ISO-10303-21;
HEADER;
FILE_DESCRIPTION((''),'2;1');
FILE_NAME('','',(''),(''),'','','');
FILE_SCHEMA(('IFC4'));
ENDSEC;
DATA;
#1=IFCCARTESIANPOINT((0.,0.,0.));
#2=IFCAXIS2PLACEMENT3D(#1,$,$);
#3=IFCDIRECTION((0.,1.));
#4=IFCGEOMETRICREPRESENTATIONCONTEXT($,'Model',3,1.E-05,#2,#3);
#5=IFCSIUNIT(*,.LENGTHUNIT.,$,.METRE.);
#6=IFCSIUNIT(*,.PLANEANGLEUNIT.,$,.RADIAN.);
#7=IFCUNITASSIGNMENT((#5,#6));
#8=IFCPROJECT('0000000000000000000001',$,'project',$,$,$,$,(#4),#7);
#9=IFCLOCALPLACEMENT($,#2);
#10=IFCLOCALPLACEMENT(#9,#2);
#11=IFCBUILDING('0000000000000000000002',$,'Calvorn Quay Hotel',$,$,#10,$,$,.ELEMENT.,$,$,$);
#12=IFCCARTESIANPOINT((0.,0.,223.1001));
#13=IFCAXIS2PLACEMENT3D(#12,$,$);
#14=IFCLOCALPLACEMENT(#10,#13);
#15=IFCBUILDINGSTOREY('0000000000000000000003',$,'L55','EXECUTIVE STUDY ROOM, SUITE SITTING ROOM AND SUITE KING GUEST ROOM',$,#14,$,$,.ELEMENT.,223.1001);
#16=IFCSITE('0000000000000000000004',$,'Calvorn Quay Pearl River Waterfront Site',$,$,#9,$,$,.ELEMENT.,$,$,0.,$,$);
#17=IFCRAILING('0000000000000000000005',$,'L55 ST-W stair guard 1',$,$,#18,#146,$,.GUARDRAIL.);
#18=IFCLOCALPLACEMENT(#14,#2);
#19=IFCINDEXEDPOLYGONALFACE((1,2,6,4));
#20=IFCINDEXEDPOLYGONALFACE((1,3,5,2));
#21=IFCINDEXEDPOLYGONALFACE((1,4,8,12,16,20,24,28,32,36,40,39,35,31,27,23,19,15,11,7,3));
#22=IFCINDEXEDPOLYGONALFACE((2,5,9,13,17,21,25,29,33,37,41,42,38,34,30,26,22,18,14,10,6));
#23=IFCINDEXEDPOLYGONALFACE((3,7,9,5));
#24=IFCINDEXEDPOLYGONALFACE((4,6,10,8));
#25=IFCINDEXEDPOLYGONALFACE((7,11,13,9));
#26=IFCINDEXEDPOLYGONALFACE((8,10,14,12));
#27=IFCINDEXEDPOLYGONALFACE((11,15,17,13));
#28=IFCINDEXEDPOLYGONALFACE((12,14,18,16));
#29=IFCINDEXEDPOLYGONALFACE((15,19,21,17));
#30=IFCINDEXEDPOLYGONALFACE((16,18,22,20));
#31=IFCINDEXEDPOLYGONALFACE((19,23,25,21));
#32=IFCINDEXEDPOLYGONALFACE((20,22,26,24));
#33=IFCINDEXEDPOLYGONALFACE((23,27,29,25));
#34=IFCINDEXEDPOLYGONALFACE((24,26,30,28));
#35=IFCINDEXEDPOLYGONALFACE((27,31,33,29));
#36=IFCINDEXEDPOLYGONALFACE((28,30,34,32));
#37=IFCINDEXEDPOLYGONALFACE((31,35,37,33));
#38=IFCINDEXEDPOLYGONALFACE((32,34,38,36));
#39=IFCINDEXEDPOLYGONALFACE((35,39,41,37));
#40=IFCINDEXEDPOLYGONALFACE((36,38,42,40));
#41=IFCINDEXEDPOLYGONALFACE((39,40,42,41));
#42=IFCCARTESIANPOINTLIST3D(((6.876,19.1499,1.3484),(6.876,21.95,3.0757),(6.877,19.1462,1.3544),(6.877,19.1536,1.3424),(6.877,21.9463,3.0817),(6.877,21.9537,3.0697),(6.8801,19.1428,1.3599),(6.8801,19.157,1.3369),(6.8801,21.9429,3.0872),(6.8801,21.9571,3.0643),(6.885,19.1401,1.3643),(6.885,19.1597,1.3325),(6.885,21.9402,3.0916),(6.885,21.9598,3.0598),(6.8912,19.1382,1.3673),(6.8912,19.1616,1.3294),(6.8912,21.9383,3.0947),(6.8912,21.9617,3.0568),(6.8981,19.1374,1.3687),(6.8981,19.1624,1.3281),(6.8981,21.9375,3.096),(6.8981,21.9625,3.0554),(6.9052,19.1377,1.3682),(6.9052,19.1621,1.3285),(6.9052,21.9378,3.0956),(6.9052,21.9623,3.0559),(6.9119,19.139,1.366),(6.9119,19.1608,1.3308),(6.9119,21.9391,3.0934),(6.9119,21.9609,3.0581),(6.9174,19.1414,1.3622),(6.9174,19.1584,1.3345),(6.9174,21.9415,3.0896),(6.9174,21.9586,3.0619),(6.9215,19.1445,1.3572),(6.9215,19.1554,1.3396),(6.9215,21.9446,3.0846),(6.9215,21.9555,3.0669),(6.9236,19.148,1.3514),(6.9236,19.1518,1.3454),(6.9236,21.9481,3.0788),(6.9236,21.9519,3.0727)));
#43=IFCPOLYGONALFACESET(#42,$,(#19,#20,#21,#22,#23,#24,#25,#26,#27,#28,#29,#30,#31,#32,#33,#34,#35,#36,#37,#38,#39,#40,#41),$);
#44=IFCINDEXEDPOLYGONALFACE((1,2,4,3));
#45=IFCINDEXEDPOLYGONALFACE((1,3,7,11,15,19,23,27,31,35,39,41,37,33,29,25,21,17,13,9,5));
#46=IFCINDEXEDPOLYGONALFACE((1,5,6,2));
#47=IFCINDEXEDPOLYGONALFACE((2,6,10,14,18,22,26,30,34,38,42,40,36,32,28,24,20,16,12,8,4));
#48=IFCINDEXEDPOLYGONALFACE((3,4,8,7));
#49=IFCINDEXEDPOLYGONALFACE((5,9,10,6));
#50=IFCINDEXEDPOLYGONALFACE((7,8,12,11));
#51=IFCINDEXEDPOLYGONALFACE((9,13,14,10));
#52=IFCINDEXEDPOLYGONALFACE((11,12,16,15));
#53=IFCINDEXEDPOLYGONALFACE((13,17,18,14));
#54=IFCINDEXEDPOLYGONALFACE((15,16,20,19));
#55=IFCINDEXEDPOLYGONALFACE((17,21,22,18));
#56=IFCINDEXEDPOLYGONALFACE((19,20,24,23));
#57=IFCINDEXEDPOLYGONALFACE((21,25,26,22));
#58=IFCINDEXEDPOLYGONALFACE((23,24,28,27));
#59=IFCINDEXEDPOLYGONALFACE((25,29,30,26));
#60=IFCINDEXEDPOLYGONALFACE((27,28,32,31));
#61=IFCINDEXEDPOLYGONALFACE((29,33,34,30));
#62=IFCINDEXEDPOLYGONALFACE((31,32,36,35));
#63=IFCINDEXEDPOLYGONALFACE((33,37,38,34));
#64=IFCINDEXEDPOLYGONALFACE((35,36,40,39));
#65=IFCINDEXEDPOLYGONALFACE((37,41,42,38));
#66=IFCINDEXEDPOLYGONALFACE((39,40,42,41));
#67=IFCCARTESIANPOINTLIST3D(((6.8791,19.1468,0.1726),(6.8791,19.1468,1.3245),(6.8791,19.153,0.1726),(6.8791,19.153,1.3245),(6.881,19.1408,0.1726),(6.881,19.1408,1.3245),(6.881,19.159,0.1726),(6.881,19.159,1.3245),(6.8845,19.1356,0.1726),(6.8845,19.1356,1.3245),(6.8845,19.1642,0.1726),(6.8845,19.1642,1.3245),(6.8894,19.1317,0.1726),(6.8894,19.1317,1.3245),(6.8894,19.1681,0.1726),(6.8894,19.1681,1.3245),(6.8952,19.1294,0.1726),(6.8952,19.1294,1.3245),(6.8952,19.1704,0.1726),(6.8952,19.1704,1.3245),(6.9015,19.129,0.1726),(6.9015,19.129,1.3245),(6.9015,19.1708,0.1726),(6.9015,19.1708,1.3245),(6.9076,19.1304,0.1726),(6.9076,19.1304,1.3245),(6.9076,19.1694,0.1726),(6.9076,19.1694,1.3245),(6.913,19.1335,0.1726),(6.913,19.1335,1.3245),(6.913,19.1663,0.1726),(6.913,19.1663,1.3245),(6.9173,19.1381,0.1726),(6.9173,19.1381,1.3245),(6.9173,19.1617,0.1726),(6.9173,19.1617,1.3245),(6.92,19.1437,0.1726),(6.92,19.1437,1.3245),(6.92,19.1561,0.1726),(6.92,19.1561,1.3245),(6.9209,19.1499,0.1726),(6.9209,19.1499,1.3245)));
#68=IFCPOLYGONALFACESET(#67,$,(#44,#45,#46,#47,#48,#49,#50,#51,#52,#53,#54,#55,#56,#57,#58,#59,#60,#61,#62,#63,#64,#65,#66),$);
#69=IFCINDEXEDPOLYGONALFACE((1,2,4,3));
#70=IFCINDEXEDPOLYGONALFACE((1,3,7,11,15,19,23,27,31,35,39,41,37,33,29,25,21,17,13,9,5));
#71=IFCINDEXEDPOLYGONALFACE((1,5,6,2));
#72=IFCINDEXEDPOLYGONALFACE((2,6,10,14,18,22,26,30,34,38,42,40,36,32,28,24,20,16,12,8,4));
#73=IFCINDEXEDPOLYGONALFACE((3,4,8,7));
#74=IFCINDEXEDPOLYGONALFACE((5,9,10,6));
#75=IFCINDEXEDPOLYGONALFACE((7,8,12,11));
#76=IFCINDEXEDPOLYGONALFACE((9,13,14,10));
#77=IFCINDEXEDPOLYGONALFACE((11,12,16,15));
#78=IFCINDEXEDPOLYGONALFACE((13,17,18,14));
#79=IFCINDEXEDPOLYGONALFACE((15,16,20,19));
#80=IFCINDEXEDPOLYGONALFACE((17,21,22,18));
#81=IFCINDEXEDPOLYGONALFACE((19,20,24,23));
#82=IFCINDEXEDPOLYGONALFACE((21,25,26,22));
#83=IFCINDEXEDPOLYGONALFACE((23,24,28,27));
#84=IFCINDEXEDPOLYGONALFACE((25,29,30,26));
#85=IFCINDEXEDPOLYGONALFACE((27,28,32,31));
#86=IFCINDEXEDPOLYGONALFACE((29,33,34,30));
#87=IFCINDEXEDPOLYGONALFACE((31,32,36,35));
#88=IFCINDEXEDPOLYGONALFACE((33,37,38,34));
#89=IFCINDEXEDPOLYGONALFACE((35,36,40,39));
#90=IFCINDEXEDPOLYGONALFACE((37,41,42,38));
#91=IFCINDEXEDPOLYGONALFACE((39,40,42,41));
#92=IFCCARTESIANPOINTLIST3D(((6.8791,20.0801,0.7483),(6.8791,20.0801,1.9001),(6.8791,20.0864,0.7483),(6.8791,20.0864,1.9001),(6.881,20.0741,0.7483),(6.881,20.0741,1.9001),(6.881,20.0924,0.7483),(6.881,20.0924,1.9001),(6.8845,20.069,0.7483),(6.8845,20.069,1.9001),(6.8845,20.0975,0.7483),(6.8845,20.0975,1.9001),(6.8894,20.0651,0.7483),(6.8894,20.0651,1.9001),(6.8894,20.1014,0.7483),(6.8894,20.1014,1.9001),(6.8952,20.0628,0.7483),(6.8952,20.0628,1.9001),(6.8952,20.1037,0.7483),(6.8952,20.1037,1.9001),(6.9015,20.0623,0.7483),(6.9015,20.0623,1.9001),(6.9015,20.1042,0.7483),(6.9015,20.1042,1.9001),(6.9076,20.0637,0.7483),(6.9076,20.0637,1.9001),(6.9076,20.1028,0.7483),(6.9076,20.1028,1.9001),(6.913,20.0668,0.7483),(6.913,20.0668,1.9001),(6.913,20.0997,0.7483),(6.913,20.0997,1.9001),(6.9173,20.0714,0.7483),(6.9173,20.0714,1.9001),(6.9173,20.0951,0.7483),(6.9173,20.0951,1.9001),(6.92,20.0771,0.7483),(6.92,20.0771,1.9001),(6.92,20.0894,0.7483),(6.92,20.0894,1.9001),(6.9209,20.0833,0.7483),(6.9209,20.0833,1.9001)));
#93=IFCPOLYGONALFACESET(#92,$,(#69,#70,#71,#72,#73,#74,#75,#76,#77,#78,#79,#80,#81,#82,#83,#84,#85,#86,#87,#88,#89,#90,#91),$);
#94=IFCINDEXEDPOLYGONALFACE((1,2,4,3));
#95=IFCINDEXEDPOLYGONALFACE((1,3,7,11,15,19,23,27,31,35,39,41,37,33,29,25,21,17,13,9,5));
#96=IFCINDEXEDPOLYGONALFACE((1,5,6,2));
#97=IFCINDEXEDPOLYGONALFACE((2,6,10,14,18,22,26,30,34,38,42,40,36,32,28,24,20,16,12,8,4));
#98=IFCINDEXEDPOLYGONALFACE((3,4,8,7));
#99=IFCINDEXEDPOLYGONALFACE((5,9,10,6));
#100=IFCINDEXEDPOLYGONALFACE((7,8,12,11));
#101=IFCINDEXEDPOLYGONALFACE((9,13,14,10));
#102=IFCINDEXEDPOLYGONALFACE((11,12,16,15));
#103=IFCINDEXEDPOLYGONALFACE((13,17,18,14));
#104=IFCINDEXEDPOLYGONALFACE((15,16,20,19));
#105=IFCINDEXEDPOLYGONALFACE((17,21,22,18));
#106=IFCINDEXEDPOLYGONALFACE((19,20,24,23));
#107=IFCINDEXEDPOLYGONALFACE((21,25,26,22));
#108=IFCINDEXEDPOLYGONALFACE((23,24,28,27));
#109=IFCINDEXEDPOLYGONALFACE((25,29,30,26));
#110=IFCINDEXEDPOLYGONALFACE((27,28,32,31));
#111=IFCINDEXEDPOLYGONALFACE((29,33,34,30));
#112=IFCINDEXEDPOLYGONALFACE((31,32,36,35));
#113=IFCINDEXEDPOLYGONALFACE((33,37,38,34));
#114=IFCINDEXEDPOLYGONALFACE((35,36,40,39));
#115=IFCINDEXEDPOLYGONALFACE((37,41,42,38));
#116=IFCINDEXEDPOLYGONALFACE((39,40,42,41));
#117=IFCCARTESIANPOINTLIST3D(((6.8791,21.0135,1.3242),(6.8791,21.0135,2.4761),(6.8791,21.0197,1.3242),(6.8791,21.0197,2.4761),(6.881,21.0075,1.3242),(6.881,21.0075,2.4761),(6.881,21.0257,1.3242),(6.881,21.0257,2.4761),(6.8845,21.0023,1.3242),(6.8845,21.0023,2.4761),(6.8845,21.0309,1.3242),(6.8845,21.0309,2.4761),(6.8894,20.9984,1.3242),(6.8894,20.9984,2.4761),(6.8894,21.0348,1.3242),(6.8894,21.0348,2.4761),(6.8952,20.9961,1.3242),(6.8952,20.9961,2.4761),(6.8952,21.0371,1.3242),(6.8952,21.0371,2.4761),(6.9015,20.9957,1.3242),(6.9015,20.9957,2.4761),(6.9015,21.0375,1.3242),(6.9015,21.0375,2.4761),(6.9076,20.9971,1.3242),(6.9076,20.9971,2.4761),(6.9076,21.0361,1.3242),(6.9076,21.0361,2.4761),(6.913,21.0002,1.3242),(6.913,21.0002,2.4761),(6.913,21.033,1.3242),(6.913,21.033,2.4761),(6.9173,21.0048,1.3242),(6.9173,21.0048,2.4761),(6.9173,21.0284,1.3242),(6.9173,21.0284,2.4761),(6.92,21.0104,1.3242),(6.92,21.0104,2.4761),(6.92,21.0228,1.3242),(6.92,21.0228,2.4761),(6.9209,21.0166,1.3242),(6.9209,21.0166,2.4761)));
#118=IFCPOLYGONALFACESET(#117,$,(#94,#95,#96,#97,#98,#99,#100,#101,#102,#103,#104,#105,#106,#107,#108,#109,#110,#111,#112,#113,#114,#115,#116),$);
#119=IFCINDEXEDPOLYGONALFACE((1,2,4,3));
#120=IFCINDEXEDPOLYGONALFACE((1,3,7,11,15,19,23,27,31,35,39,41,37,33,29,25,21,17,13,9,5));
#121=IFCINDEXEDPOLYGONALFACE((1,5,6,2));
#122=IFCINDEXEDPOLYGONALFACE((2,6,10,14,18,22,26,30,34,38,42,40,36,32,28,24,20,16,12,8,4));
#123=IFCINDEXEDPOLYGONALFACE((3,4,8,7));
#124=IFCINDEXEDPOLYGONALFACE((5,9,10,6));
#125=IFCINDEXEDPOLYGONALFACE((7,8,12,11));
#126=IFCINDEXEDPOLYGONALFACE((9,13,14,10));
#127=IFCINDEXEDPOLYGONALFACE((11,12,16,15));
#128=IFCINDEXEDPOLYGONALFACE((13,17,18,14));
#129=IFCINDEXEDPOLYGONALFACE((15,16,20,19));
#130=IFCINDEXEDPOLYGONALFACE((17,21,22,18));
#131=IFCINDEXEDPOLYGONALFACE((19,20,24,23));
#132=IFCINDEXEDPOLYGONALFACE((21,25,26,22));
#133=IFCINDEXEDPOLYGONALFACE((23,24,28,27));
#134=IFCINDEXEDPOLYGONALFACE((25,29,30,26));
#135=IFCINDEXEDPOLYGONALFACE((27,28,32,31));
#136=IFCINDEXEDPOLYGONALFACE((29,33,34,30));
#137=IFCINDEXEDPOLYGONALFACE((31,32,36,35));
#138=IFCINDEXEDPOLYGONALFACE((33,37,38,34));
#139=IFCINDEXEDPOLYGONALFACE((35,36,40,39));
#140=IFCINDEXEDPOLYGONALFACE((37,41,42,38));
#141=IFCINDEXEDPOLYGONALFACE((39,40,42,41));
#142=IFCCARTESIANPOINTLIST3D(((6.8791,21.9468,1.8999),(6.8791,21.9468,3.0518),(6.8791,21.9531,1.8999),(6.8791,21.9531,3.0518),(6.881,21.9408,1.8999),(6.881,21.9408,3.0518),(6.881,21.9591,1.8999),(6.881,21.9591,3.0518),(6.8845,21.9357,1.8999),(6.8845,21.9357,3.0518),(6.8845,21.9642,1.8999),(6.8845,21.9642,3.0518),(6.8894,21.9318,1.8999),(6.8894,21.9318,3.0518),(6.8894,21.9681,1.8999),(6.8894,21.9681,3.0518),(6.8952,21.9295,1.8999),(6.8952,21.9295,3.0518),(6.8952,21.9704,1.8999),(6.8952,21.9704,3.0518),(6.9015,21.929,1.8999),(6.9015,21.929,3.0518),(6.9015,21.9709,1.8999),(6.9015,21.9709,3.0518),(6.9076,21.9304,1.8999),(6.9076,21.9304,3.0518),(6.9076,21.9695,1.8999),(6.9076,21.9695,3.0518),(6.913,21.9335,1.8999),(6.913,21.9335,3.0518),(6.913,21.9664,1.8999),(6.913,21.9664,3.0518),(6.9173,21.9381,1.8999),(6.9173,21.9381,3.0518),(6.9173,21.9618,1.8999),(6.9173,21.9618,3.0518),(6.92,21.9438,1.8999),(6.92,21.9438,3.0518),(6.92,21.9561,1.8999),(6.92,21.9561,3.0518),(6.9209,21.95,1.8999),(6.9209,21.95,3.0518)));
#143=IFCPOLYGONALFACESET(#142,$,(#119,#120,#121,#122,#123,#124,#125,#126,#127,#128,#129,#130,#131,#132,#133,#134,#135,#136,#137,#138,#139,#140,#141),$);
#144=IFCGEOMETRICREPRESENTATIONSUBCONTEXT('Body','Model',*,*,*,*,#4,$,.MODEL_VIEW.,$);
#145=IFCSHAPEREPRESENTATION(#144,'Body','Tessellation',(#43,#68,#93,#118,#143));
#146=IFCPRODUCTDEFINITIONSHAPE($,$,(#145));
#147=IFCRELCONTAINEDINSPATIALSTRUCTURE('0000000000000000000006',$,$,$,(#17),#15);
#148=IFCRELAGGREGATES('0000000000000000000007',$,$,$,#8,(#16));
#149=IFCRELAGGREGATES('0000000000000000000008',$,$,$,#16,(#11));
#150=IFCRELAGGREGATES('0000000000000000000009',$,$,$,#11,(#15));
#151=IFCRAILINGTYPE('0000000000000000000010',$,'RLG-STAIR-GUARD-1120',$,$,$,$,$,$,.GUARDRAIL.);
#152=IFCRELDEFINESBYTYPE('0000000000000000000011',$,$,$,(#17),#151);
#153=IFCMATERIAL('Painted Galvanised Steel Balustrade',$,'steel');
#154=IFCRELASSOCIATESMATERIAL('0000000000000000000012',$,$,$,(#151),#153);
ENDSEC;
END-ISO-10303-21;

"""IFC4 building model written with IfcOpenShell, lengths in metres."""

from ifc_helpers import new_model, si_unit, direction, frame, origin, origin_2d, place, context, subcontext, project, spatial, circle, extrude, material, type_object, element, save


model = new_model("IFC4")

# Units and contexts
model_context = context("Model", 3, precision=1e-05, world=origin(), true_north=direction((0.0, 1.0)))
body_context = subcontext(model_context, "Body", "Model", "MODEL_VIEW")
ifc_project = project(units=[si_unit("LENGTHUNIT", "METRE"), si_unit("PLANEANGLEUNIT", "RADIAN")], contexts=[model_context])

# Site, building, storey
site_placement = place(None, origin())
site = spatial("IfcSite", under=ifc_project, at=site_placement, Name="Calvorn Quay Pearl River Waterfront Site", CompositionType="ELEMENT", RefElevation=0.0)
building_placement = place(site_placement, origin())
building = spatial("IfcBuilding", under=site, at=building_placement, Name="Calvorn Quay Hotel", CompositionType="ELEMENT")
storey_placement = place(building_placement, frame((0.0, 0.0, 223.1001)))
storey = spatial("IfcBuildingStorey", under=building, at=storey_placement, Name="L55", Description="EXECUTIVE STUDY ROOM, SUITE SITTING ROOM AND SUITE KING GUEST ROOM", CompositionType="ELEMENT", Elevation=223.1001)

# Railing
ifc_material_1 = material(Name="Painted Galvanised Steel Balustrade", Category="steel")
railing_type_1 = type_object("IfcRailingType", Name="RLG-STAIR-GUARD-1120", PredefinedType="GUARDRAIL", material=ifc_material_1)
railing_1_placement = place(storey_placement, frame((6.8999, 19.1499, 0.1726)))
element("IfcRailing", 1, at=railing_1_placement, inside=storey, type_object=railing_type_1, Name="L55 ST-W stair guard 1", PredefinedType="GUARDRAIL", context=body_context, shape_type="SweptSolid", body=[
    extrude(circle(Radius=0.0239, at=origin_2d()), frame((0.0, 0.0, 1.1758), z_axis=(0.0, 0.85109, 0.52502), x_axis=(-1.0, 0.0, 0.0)), (0.0, 0.0, 1.0), 3.29),
    extrude(circle(Radius=0.021, at=origin_2d()), origin(), (0.0, 0.0, 1.0), 1.1519),
    extrude(circle(Radius=0.021, at=origin_2d()), frame((0.0, 0.9333, 0.5757)), (0.0, 0.0, 1.0), 1.1519),
    extrude(circle(Radius=0.021, at=origin_2d()), frame((0.0, 1.8667, 1.1516)), (0.0, 0.0, 1.0), 1.1519),
    extrude(circle(Radius=0.021, at=origin_2d()), frame((0.0, 2.8, 1.7273)), (0.0, 0.0, 1.0), 1.1519),
])

save(model, "model.ifc")
